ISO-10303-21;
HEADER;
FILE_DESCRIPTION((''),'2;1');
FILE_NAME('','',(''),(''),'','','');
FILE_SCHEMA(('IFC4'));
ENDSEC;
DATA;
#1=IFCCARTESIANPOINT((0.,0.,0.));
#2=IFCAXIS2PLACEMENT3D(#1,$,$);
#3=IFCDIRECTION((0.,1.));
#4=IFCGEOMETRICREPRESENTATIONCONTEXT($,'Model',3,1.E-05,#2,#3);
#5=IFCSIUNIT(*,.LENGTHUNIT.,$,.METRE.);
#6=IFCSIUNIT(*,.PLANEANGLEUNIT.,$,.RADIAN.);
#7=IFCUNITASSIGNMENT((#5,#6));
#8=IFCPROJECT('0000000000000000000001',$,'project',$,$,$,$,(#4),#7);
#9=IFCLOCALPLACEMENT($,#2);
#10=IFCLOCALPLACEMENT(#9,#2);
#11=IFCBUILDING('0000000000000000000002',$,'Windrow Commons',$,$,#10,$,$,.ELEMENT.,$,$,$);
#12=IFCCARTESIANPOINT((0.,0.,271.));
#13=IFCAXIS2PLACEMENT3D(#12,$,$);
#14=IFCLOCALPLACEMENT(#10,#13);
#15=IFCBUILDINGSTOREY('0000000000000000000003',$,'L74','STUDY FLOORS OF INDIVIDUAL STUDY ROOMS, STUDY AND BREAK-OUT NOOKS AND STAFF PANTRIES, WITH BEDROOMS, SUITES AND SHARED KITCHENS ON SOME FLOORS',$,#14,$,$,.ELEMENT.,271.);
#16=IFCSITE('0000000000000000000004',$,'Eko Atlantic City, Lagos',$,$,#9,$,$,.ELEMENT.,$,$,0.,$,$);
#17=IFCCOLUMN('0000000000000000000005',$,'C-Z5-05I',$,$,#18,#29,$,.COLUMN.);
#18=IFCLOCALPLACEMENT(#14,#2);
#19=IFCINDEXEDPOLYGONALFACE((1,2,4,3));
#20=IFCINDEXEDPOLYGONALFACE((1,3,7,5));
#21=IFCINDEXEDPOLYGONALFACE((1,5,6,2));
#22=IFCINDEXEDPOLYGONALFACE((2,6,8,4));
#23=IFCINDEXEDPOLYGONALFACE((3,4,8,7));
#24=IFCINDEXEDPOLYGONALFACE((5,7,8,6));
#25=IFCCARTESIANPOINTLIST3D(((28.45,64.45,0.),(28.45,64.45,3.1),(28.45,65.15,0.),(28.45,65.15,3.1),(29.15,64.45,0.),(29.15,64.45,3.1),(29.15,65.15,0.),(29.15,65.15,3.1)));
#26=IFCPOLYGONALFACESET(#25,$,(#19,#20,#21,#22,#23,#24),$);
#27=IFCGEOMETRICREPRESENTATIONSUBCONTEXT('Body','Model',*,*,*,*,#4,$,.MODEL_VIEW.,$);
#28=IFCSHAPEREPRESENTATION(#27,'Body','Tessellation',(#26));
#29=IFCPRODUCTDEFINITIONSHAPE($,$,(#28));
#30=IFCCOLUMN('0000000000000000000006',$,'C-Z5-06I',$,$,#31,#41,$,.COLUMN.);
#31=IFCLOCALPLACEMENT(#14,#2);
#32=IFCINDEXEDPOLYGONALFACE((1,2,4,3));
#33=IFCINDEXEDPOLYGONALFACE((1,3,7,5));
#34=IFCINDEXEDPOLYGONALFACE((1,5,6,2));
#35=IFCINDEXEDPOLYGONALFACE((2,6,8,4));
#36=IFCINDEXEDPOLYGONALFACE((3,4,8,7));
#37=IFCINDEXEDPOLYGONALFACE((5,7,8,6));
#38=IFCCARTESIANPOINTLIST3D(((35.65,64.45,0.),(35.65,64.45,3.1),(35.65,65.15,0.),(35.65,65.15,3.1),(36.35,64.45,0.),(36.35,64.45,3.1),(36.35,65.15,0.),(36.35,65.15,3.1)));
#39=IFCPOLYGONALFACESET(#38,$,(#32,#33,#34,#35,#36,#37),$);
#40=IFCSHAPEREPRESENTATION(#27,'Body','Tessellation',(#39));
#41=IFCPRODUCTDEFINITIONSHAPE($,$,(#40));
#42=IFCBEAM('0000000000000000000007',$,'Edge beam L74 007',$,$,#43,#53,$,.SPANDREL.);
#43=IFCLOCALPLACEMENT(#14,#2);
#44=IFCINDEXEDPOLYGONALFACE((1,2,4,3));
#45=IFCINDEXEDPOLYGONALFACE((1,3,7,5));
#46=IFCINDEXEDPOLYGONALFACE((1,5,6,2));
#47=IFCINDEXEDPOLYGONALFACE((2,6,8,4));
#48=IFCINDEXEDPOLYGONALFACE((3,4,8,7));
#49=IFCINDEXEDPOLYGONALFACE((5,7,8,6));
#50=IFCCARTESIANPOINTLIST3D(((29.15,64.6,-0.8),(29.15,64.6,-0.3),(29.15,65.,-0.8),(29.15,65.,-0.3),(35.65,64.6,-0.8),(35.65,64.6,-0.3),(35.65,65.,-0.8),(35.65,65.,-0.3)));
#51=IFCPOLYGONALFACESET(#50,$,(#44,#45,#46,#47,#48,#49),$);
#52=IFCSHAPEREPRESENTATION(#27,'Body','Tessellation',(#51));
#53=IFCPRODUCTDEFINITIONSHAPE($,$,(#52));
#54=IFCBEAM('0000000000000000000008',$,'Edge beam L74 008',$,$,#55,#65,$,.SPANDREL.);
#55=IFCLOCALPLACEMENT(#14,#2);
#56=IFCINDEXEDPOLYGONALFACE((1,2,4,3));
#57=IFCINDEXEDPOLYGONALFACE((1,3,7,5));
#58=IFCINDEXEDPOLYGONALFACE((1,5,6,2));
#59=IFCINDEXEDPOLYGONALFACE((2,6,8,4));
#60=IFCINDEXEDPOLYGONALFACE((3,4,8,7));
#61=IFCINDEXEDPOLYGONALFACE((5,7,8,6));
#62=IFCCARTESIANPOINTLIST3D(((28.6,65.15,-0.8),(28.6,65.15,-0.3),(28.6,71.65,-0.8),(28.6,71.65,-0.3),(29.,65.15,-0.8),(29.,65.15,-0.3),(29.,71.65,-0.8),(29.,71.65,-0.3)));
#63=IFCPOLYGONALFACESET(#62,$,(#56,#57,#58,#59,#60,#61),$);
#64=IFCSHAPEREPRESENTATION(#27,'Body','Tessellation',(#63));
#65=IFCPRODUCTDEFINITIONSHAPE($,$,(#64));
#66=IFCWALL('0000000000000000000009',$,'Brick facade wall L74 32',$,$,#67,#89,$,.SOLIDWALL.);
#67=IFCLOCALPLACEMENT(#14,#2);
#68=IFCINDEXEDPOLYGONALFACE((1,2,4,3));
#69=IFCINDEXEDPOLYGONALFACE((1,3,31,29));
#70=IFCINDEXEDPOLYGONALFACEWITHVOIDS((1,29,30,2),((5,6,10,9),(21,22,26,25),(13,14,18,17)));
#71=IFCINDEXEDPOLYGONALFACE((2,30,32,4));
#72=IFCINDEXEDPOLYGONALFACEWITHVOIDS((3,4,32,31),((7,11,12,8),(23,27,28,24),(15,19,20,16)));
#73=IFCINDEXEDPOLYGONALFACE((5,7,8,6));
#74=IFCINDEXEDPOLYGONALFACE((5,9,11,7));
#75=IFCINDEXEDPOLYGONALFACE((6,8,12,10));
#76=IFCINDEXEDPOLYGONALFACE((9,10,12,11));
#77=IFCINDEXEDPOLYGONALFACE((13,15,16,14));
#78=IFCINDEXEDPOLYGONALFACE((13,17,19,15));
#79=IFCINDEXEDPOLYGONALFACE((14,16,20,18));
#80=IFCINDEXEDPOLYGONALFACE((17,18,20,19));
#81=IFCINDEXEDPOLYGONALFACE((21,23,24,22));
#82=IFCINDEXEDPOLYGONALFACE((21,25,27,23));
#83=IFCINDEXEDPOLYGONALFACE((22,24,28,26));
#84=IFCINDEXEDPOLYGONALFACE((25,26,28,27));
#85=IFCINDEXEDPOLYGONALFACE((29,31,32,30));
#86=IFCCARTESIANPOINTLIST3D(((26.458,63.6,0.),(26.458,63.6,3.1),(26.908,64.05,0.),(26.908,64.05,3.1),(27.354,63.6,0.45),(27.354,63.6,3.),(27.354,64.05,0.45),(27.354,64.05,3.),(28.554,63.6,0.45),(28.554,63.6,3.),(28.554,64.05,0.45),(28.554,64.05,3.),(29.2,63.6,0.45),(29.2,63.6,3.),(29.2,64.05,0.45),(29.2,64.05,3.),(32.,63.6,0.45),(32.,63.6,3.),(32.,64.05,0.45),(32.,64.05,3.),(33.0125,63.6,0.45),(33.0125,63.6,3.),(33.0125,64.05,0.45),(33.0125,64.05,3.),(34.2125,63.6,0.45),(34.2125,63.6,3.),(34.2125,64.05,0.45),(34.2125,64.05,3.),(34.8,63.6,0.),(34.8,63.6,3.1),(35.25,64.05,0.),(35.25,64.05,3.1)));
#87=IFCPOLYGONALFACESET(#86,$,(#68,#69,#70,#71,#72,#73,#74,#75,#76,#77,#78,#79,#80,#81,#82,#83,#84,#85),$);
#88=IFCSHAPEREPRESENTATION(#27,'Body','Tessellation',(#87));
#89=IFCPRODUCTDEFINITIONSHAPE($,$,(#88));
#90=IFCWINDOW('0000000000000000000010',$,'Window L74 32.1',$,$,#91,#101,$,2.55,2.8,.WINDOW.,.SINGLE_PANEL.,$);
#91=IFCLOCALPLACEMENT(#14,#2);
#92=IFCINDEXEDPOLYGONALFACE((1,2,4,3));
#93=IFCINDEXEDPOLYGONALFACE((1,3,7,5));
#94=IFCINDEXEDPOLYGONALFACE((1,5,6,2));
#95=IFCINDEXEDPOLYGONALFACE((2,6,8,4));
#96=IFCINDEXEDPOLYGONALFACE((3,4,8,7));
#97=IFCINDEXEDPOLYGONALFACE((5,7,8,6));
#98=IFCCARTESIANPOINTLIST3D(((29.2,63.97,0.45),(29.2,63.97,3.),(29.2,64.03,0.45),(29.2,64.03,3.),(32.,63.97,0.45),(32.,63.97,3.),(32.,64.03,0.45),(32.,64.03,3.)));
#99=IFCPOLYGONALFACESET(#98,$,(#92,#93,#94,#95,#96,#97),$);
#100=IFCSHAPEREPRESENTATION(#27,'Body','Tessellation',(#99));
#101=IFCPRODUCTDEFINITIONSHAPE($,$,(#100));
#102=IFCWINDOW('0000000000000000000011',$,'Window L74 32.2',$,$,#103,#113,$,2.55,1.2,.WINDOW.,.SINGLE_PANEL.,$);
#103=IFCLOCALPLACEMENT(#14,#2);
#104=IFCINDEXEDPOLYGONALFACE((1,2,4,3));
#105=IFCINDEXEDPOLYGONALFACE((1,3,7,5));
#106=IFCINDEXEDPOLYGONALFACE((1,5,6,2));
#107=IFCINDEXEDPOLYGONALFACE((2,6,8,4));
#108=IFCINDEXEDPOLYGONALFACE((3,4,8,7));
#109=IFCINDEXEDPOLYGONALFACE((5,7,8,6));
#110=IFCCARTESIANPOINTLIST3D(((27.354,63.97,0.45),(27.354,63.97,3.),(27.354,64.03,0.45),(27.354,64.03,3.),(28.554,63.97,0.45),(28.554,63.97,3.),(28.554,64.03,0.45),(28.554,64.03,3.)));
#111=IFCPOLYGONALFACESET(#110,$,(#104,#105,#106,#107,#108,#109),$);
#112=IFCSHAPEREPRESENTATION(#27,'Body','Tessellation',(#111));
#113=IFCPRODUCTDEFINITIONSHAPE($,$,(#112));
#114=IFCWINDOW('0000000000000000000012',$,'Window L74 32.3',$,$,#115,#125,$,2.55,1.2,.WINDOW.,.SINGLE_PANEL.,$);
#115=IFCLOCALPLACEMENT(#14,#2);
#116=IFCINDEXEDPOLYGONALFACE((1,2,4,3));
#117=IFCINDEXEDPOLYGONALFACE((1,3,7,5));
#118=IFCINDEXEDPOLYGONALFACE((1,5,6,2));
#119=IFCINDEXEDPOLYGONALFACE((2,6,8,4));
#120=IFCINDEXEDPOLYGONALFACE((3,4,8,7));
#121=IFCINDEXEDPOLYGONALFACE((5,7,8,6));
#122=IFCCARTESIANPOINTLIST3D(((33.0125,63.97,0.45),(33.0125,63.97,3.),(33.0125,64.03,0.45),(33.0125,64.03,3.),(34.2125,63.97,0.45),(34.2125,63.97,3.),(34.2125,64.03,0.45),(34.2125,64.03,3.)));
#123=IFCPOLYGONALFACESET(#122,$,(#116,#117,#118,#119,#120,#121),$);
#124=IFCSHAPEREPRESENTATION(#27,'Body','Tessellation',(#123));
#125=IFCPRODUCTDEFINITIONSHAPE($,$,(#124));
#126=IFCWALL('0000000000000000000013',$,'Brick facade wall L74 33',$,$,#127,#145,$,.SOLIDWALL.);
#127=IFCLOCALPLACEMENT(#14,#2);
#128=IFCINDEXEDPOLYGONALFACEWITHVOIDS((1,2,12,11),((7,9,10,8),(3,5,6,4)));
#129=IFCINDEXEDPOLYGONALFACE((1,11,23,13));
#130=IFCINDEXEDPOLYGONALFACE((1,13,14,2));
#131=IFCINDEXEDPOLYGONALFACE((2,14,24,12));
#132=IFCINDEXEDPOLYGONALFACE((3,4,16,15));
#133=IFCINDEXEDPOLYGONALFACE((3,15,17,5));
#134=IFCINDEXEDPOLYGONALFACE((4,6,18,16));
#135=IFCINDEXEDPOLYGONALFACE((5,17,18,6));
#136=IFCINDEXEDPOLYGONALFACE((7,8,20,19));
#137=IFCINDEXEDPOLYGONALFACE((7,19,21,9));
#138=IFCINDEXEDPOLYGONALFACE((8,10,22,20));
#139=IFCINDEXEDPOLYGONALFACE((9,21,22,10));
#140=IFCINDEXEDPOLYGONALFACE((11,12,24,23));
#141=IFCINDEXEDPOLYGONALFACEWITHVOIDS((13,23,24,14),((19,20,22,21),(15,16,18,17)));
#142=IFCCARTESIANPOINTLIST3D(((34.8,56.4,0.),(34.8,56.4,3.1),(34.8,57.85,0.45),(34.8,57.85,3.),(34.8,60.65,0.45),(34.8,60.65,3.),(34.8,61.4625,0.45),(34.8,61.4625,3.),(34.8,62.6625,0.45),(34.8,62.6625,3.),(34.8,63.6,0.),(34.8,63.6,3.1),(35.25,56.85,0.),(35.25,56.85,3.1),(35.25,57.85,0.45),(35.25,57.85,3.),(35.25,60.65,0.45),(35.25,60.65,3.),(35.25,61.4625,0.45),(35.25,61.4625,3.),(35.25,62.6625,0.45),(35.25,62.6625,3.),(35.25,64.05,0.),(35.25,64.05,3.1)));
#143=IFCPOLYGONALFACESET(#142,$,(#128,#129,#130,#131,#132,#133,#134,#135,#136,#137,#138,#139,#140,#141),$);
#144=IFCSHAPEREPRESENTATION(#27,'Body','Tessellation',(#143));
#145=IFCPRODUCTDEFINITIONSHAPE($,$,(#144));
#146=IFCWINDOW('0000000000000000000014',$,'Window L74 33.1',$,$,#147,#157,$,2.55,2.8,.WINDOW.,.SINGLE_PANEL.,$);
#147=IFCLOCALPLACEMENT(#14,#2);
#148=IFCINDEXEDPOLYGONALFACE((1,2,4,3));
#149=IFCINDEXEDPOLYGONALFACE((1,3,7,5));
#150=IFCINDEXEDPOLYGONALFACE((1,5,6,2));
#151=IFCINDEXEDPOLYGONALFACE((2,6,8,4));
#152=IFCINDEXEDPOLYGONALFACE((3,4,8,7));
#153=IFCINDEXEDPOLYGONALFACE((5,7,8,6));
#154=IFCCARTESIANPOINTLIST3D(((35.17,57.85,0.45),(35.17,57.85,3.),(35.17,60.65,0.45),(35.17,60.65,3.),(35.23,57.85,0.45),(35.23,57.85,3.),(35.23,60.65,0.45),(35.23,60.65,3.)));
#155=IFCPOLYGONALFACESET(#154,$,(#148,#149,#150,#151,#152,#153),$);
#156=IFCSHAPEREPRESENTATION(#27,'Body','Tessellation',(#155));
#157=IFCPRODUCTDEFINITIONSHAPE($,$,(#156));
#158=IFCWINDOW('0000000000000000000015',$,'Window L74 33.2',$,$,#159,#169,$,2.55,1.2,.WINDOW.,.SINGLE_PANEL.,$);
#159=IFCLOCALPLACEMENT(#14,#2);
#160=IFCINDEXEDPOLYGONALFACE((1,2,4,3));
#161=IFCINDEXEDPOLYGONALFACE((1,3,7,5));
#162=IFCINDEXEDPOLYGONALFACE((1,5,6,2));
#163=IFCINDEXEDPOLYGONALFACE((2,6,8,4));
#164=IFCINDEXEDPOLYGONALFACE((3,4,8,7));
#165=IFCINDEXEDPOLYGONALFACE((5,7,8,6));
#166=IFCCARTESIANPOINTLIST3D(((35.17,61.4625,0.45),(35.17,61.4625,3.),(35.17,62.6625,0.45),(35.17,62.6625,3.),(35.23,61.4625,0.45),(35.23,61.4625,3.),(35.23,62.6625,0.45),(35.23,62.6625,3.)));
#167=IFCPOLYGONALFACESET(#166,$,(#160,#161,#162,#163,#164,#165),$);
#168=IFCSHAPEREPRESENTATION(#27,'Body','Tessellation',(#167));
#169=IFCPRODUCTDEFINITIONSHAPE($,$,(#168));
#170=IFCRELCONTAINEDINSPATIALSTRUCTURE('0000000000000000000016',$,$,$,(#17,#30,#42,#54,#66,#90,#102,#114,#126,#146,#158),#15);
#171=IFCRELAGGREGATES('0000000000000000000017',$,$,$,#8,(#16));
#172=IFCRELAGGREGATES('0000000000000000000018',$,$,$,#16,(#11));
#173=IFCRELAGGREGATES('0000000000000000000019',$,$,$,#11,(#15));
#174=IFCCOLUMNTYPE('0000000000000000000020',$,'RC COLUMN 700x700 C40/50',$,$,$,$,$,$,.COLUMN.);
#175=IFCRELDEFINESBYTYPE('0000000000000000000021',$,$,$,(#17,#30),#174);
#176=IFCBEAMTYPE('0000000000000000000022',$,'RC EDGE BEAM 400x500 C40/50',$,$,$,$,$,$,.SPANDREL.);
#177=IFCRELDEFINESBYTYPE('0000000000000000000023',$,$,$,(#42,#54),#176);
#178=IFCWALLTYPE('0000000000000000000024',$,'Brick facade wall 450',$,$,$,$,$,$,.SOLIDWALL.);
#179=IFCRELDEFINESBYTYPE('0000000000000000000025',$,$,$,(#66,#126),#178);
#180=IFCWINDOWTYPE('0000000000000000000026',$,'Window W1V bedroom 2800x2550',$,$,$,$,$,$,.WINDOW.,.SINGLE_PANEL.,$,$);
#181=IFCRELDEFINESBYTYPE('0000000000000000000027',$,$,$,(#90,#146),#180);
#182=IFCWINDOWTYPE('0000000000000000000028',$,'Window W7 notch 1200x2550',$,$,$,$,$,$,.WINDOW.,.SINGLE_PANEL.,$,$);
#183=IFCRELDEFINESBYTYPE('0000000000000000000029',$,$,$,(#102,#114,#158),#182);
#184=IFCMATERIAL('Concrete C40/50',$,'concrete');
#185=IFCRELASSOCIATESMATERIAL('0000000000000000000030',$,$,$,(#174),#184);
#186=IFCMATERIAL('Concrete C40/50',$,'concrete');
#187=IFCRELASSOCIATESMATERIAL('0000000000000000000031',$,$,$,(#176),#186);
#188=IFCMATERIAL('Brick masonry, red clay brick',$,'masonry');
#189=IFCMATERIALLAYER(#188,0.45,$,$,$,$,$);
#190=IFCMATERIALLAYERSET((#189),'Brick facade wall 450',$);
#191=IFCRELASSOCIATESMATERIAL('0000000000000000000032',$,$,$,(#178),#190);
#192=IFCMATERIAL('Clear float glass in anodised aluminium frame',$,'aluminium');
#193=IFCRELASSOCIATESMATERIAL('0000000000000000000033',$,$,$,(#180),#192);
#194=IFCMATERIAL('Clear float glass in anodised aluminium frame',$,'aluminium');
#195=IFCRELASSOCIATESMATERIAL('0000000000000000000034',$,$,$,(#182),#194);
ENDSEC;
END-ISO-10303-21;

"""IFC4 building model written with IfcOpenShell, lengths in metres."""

from ifc_helpers import new_model, si_unit, direction, frame, frame_2d, origin, origin_2d, place, context, subcontext, project, spatial, polyline, rectangle, outline, extrude, material, layer, layer_set, material_profile, profile_set, type_object, element, fill, save


model = new_model("IFC4")

# Units and contexts
model_context = context("Model", 3, precision=1e-05, world=origin(), true_north=direction((0.0, 1.0)))
body_context = subcontext(model_context, "Body", "Model", "MODEL_VIEW")
ifc_project = project(units=[si_unit("LENGTHUNIT", "METRE"), si_unit("PLANEANGLEUNIT", "RADIAN")], contexts=[model_context])

# Site, building, storey
site_placement = place(None, origin())
site = spatial("IfcSite", under=ifc_project, at=site_placement, Name="Eko Atlantic City, Lagos", CompositionType="ELEMENT", RefElevation=0.0)
building_placement = place(site_placement, origin())
building = spatial("IfcBuilding", under=site, at=building_placement, Name="Windrow Commons", CompositionType="ELEMENT")
storey_placement = place(building_placement, frame((0.0, 0.0, 271.0)))
storey = spatial("IfcBuildingStorey", under=building, at=storey_placement, Name="L74", Description="STUDY FLOORS OF INDIVIDUAL STUDY ROOMS, STUDY AND BREAK-OUT NOOKS AND STAFF PANTRIES, WITH BEDROOMS, SUITES AND SHARED KITCHENS ON SOME FLOORS", CompositionType="ELEMENT", Elevation=271.0)

# Columns
ifc_material_1 = material(Name="Concrete C40/50", Category="concrete")
ifc_material_profile_1 = material_profile(ifc_material_1, rectangle(XDim=0.7, YDim=0.7, at=origin_2d()))
ifc_profile_set_1 = profile_set([ifc_material_profile_1], Name="Concrete C40/50")
column_type = type_object("IfcColumnType", Name="RC COLUMN 700x700 C40/50", PredefinedType="COLUMN", material=ifc_profile_set_1)
for number, where, z_axis, x_axis, name in (
    (1, (28.8, 64.8, 0.0), (0.0, 0.0, 1.0), (1.0, 0.0, 0.0), "C-Z5-05I"),
    (2, (36.0, 64.8, 0.0), (0.0, 0.0, 1.0), (1.0, 0.0, 0.0), "C-Z5-06I"),
):
    element("IfcColumn", number, at=place(storey_placement, frame(where, z_axis=z_axis, x_axis=x_axis)), inside=storey, type_object=column_type, Name=name, PredefinedType="COLUMN", context=body_context, shape_type="SweptSolid", body=[
        extrude(rectangle(XDim=0.7, YDim=0.7, at=origin_2d()), origin(), (0.0, 0.0, 1.0), 3.1),
    ])

# Beams
ifc_material_2 = material(Name="Concrete C40/50", Category="concrete")
ifc_material_profile_2 = material_profile(ifc_material_2, rectangle(XDim=0.4, YDim=0.5, at=origin_2d()))
ifc_profile_set_2 = profile_set([ifc_material_profile_2], Name="Concrete C40/50")
beam_type = type_object("IfcBeamType", Name="RC EDGE BEAM 400x500 C40/50", PredefinedType="SPANDREL", material=ifc_profile_set_2)
for number, where, z_axis, x_axis, name in (
    (3, (35.65, 64.8, -0.55), (-1.0, 0.0, 0.0), (0.0, -1.0, 0.0), "Edge beam L74 007"),
    (4, (28.8, 65.15, -0.55), (0.0, 1.0, 0.0), (-1.0, 0.0, 0.0), "Edge beam L74 008"),
):
    element("IfcBeam", number, at=place(storey_placement, frame(where, z_axis=z_axis, x_axis=x_axis)), inside=storey, type_object=beam_type, Name=name, PredefinedType="SPANDREL", context=body_context, shape_type="SweptSolid", body=[
        extrude(rectangle(XDim=0.4, YDim=0.5, at=origin_2d()), origin(), (0.0, 0.0, 1.0), 6.5),
    ])

# Walls, openings, windows
ifc_material_3 = material(Name="Brick masonry, red clay brick", Category="masonry")
ifc_layer_1 = layer(ifc_material_3, 0.45)
ifc_layer_set_1 = layer_set([ifc_layer_1], Name="Brick facade wall 450")
wall_type_1 = type_object("IfcWallType", Name="Brick facade wall 450", PredefinedType="SOLIDWALL", material=ifc_layer_set_1)
wall_1_placement = place(storey_placement, frame((26.683, 63.825, 0.0), z_axis=(0.0, 0.0, 1.0), x_axis=(1.0, 0.0, 0.0)))
wall_1 = element("IfcWall", 5, at=wall_1_placement, inside=storey, type_object=wall_type_1, Name="Brick facade wall L74 32", PredefinedType="SOLIDWALL", context=body_context, shape_type="SweptSolid", body=[
    extrude(outline(polyline([(-0.225, -0.225), (8.117, -0.225), (8.567, 0.225), (0.225, 0.225), (-0.225, -0.225)])), origin(), (0.0, 0.0, 1.0), 3.1),
])
opening_1_placement = place(wall_1_placement, frame((2.517, 0.0, 0.45)))
opening_1 = element("IfcOpeningElement", 6, at=opening_1_placement, cuts=wall_1, PredefinedType="OPENING", context=body_context, shape_type="SweptSolid", body=[
    extrude(rectangle(XDim=2.8, YDim=2.55, at=frame_2d((1.4, 1.275))), frame((0.0, 0.235, 0.0), z_axis=(0.0, -1.0, 0.0), x_axis=(1.0, 0.0, 0.0)), (0.0, 0.0, 1.0), 0.47),
])
opening_2_placement = place(wall_1_placement, frame((0.671, 0.0, 0.45)))
opening_2 = element("IfcOpeningElement", 7, at=opening_2_placement, cuts=wall_1, PredefinedType="OPENING", context=body_context, shape_type="SweptSolid", body=[
    extrude(rectangle(XDim=1.2, YDim=2.55, at=frame_2d((0.6, 1.275))), frame((0.0, 0.235, 0.0), z_axis=(0.0, -1.0, 0.0), x_axis=(1.0, 0.0, 0.0)), (0.0, 0.0, 1.0), 0.47),
])
opening_3_placement = place(wall_1_placement, frame((6.3295, 0.0, 0.45)))
opening_3 = element("IfcOpeningElement", 8, at=opening_3_placement, cuts=wall_1, PredefinedType="OPENING", context=body_context, shape_type="SweptSolid", body=[
    extrude(rectangle(XDim=1.2, YDim=2.55, at=frame_2d((0.6, 1.275))), frame((0.0, 0.235, 0.0), z_axis=(0.0, -1.0, 0.0), x_axis=(1.0, 0.0, 0.0)), (0.0, 0.0, 1.0), 0.47),
])
ifc_material_4 = material(Name="Clear float glass in anodised aluminium frame", Category="aluminium")
window_type_1 = type_object("IfcWindowType", Name="Window W1V bedroom 2800x2550", PartitioningType="SINGLE_PANEL", PredefinedType="WINDOW", material=ifc_material_4)
window_1_placement = place(opening_1_placement, origin())
window_1 = element("IfcWindow", 9, at=window_1_placement, inside=storey, type_object=window_type_1, Name="Window L74 32.1", OverallHeight=2.55, OverallWidth=2.8, PartitioningType="SINGLE_PANEL", PredefinedType="WINDOW", context=body_context, shape_type="SweptSolid", body=[
    extrude(rectangle(XDim=2.8, YDim=2.55, at=frame_2d((1.4, 1.275))), frame((0.0, 0.205, 0.0), z_axis=(0.0, -1.0, 0.0), x_axis=(1.0, 0.0, 0.0)), (0.0, 0.0, 1.0), 0.06),
])
fill(opening_1, window_1)
ifc_material_5 = material(Name="Clear float glass in anodised aluminium frame", Category="aluminium")
window_type_2 = type_object("IfcWindowType", Name="Window W7 notch 1200x2550", PartitioningType="SINGLE_PANEL", PredefinedType="WINDOW", material=ifc_material_5)
window_2_placement = place(opening_2_placement, origin())
window_2 = element("IfcWindow", 10, at=window_2_placement, inside=storey, type_object=window_type_2, Name="Window L74 32.2", OverallHeight=2.55, OverallWidth=1.2, PartitioningType="SINGLE_PANEL", PredefinedType="WINDOW", context=body_context, shape_type="SweptSolid", body=[
    extrude(rectangle(XDim=1.2, YDim=2.55, at=frame_2d((0.6, 1.275))), frame((0.0, 0.205, 0.0), z_axis=(0.0, -1.0, 0.0), x_axis=(1.0, 0.0, 0.0)), (0.0, 0.0, 1.0), 0.06),
])
fill(opening_2, window_2)
window_3_placement = place(opening_3_placement, origin())
window_3 = element("IfcWindow", 11, at=window_3_placement, inside=storey, type_object=window_type_2, Name="Window L74 32.3", OverallHeight=2.55, OverallWidth=1.2, PartitioningType="SINGLE_PANEL", PredefinedType="WINDOW", context=body_context, shape_type="SweptSolid", body=[
    extrude(rectangle(XDim=1.2, YDim=2.55, at=frame_2d((0.6, 1.275))), frame((0.0, 0.205, 0.0), z_axis=(0.0, -1.0, 0.0), x_axis=(1.0, 0.0, 0.0)), (0.0, 0.0, 1.0), 0.06),
])
fill(opening_3, window_3)
wall_2_placement = place(storey_placement, frame((35.025, 63.825, 0.0), z_axis=(0.0, 0.0, 1.0), x_axis=(0.0, -1.0, 0.0)))
wall_2 = element("IfcWall", 12, at=wall_2_placement, inside=storey, type_object=wall_type_1, Name="Brick facade wall L74 33", PredefinedType="SOLIDWALL", context=body_context, shape_type="SweptSolid", body=[
    extrude(outline(polyline([(0.225, -0.225), (7.425, -0.225), (6.975, 0.225), (-0.225, 0.225), (0.225, -0.225)])), origin(), (0.0, 0.0, 1.0), 3.1),
])
opening_4_placement = place(wall_2_placement, frame((3.175, 0.0, 0.45)))
opening_4 = element("IfcOpeningElement", 13, at=opening_4_placement, cuts=wall_2, PredefinedType="OPENING", context=body_context, shape_type="SweptSolid", body=[
    extrude(rectangle(XDim=2.8, YDim=2.55, at=frame_2d((1.4, 1.275))), frame((0.0, 0.235, 0.0), z_axis=(0.0, -1.0, 0.0), x_axis=(1.0, 0.0, 0.0)), (0.0, 0.0, 1.0), 0.47),
])
opening_5_placement = place(wall_2_placement, frame((1.1625, 0.0, 0.45)))
opening_5 = element("IfcOpeningElement", 14, at=opening_5_placement, cuts=wall_2, PredefinedType="OPENING", context=body_context, shape_type="SweptSolid", body=[
    extrude(rectangle(XDim=1.2, YDim=2.55, at=frame_2d((0.6, 1.275))), frame((0.0, 0.235, 0.0), z_axis=(0.0, -1.0, 0.0), x_axis=(1.0, 0.0, 0.0)), (0.0, 0.0, 1.0), 0.47),
])
window_4_placement = place(opening_4_placement, origin())
window_4 = element("IfcWindow", 15, at=window_4_placement, inside=storey, type_object=window_type_1, Name="Window L74 33.1", OverallHeight=2.55, OverallWidth=2.8, PartitioningType="SINGLE_PANEL", PredefinedType="WINDOW", context=body_context, shape_type="SweptSolid", body=[
    extrude(rectangle(XDim=2.8, YDim=2.55, at=frame_2d((1.4, 1.275))), frame((0.0, 0.205, 0.0), z_axis=(0.0, -1.0, 0.0), x_axis=(1.0, 0.0, 0.0)), (0.0, 0.0, 1.0), 0.06),
])
fill(opening_4, window_4)
window_5_placement = place(opening_5_placement, origin())
window_5 = element("IfcWindow", 16, at=window_5_placement, inside=storey, type_object=window_type_2, Name="Window L74 33.2", OverallHeight=2.55, OverallWidth=1.2, PartitioningType="SINGLE_PANEL", PredefinedType="WINDOW", context=body_context, shape_type="SweptSolid", body=[
    extrude(rectangle(XDim=1.2, YDim=2.55, at=frame_2d((0.6, 1.275))), frame((0.0, 0.205, 0.0), z_axis=(0.0, -1.0, 0.0), x_axis=(1.0, 0.0, 0.0)), (0.0, 0.0, 1.0), 0.06),
])
fill(opening_5, window_5)

save(model, "model.ifc")
